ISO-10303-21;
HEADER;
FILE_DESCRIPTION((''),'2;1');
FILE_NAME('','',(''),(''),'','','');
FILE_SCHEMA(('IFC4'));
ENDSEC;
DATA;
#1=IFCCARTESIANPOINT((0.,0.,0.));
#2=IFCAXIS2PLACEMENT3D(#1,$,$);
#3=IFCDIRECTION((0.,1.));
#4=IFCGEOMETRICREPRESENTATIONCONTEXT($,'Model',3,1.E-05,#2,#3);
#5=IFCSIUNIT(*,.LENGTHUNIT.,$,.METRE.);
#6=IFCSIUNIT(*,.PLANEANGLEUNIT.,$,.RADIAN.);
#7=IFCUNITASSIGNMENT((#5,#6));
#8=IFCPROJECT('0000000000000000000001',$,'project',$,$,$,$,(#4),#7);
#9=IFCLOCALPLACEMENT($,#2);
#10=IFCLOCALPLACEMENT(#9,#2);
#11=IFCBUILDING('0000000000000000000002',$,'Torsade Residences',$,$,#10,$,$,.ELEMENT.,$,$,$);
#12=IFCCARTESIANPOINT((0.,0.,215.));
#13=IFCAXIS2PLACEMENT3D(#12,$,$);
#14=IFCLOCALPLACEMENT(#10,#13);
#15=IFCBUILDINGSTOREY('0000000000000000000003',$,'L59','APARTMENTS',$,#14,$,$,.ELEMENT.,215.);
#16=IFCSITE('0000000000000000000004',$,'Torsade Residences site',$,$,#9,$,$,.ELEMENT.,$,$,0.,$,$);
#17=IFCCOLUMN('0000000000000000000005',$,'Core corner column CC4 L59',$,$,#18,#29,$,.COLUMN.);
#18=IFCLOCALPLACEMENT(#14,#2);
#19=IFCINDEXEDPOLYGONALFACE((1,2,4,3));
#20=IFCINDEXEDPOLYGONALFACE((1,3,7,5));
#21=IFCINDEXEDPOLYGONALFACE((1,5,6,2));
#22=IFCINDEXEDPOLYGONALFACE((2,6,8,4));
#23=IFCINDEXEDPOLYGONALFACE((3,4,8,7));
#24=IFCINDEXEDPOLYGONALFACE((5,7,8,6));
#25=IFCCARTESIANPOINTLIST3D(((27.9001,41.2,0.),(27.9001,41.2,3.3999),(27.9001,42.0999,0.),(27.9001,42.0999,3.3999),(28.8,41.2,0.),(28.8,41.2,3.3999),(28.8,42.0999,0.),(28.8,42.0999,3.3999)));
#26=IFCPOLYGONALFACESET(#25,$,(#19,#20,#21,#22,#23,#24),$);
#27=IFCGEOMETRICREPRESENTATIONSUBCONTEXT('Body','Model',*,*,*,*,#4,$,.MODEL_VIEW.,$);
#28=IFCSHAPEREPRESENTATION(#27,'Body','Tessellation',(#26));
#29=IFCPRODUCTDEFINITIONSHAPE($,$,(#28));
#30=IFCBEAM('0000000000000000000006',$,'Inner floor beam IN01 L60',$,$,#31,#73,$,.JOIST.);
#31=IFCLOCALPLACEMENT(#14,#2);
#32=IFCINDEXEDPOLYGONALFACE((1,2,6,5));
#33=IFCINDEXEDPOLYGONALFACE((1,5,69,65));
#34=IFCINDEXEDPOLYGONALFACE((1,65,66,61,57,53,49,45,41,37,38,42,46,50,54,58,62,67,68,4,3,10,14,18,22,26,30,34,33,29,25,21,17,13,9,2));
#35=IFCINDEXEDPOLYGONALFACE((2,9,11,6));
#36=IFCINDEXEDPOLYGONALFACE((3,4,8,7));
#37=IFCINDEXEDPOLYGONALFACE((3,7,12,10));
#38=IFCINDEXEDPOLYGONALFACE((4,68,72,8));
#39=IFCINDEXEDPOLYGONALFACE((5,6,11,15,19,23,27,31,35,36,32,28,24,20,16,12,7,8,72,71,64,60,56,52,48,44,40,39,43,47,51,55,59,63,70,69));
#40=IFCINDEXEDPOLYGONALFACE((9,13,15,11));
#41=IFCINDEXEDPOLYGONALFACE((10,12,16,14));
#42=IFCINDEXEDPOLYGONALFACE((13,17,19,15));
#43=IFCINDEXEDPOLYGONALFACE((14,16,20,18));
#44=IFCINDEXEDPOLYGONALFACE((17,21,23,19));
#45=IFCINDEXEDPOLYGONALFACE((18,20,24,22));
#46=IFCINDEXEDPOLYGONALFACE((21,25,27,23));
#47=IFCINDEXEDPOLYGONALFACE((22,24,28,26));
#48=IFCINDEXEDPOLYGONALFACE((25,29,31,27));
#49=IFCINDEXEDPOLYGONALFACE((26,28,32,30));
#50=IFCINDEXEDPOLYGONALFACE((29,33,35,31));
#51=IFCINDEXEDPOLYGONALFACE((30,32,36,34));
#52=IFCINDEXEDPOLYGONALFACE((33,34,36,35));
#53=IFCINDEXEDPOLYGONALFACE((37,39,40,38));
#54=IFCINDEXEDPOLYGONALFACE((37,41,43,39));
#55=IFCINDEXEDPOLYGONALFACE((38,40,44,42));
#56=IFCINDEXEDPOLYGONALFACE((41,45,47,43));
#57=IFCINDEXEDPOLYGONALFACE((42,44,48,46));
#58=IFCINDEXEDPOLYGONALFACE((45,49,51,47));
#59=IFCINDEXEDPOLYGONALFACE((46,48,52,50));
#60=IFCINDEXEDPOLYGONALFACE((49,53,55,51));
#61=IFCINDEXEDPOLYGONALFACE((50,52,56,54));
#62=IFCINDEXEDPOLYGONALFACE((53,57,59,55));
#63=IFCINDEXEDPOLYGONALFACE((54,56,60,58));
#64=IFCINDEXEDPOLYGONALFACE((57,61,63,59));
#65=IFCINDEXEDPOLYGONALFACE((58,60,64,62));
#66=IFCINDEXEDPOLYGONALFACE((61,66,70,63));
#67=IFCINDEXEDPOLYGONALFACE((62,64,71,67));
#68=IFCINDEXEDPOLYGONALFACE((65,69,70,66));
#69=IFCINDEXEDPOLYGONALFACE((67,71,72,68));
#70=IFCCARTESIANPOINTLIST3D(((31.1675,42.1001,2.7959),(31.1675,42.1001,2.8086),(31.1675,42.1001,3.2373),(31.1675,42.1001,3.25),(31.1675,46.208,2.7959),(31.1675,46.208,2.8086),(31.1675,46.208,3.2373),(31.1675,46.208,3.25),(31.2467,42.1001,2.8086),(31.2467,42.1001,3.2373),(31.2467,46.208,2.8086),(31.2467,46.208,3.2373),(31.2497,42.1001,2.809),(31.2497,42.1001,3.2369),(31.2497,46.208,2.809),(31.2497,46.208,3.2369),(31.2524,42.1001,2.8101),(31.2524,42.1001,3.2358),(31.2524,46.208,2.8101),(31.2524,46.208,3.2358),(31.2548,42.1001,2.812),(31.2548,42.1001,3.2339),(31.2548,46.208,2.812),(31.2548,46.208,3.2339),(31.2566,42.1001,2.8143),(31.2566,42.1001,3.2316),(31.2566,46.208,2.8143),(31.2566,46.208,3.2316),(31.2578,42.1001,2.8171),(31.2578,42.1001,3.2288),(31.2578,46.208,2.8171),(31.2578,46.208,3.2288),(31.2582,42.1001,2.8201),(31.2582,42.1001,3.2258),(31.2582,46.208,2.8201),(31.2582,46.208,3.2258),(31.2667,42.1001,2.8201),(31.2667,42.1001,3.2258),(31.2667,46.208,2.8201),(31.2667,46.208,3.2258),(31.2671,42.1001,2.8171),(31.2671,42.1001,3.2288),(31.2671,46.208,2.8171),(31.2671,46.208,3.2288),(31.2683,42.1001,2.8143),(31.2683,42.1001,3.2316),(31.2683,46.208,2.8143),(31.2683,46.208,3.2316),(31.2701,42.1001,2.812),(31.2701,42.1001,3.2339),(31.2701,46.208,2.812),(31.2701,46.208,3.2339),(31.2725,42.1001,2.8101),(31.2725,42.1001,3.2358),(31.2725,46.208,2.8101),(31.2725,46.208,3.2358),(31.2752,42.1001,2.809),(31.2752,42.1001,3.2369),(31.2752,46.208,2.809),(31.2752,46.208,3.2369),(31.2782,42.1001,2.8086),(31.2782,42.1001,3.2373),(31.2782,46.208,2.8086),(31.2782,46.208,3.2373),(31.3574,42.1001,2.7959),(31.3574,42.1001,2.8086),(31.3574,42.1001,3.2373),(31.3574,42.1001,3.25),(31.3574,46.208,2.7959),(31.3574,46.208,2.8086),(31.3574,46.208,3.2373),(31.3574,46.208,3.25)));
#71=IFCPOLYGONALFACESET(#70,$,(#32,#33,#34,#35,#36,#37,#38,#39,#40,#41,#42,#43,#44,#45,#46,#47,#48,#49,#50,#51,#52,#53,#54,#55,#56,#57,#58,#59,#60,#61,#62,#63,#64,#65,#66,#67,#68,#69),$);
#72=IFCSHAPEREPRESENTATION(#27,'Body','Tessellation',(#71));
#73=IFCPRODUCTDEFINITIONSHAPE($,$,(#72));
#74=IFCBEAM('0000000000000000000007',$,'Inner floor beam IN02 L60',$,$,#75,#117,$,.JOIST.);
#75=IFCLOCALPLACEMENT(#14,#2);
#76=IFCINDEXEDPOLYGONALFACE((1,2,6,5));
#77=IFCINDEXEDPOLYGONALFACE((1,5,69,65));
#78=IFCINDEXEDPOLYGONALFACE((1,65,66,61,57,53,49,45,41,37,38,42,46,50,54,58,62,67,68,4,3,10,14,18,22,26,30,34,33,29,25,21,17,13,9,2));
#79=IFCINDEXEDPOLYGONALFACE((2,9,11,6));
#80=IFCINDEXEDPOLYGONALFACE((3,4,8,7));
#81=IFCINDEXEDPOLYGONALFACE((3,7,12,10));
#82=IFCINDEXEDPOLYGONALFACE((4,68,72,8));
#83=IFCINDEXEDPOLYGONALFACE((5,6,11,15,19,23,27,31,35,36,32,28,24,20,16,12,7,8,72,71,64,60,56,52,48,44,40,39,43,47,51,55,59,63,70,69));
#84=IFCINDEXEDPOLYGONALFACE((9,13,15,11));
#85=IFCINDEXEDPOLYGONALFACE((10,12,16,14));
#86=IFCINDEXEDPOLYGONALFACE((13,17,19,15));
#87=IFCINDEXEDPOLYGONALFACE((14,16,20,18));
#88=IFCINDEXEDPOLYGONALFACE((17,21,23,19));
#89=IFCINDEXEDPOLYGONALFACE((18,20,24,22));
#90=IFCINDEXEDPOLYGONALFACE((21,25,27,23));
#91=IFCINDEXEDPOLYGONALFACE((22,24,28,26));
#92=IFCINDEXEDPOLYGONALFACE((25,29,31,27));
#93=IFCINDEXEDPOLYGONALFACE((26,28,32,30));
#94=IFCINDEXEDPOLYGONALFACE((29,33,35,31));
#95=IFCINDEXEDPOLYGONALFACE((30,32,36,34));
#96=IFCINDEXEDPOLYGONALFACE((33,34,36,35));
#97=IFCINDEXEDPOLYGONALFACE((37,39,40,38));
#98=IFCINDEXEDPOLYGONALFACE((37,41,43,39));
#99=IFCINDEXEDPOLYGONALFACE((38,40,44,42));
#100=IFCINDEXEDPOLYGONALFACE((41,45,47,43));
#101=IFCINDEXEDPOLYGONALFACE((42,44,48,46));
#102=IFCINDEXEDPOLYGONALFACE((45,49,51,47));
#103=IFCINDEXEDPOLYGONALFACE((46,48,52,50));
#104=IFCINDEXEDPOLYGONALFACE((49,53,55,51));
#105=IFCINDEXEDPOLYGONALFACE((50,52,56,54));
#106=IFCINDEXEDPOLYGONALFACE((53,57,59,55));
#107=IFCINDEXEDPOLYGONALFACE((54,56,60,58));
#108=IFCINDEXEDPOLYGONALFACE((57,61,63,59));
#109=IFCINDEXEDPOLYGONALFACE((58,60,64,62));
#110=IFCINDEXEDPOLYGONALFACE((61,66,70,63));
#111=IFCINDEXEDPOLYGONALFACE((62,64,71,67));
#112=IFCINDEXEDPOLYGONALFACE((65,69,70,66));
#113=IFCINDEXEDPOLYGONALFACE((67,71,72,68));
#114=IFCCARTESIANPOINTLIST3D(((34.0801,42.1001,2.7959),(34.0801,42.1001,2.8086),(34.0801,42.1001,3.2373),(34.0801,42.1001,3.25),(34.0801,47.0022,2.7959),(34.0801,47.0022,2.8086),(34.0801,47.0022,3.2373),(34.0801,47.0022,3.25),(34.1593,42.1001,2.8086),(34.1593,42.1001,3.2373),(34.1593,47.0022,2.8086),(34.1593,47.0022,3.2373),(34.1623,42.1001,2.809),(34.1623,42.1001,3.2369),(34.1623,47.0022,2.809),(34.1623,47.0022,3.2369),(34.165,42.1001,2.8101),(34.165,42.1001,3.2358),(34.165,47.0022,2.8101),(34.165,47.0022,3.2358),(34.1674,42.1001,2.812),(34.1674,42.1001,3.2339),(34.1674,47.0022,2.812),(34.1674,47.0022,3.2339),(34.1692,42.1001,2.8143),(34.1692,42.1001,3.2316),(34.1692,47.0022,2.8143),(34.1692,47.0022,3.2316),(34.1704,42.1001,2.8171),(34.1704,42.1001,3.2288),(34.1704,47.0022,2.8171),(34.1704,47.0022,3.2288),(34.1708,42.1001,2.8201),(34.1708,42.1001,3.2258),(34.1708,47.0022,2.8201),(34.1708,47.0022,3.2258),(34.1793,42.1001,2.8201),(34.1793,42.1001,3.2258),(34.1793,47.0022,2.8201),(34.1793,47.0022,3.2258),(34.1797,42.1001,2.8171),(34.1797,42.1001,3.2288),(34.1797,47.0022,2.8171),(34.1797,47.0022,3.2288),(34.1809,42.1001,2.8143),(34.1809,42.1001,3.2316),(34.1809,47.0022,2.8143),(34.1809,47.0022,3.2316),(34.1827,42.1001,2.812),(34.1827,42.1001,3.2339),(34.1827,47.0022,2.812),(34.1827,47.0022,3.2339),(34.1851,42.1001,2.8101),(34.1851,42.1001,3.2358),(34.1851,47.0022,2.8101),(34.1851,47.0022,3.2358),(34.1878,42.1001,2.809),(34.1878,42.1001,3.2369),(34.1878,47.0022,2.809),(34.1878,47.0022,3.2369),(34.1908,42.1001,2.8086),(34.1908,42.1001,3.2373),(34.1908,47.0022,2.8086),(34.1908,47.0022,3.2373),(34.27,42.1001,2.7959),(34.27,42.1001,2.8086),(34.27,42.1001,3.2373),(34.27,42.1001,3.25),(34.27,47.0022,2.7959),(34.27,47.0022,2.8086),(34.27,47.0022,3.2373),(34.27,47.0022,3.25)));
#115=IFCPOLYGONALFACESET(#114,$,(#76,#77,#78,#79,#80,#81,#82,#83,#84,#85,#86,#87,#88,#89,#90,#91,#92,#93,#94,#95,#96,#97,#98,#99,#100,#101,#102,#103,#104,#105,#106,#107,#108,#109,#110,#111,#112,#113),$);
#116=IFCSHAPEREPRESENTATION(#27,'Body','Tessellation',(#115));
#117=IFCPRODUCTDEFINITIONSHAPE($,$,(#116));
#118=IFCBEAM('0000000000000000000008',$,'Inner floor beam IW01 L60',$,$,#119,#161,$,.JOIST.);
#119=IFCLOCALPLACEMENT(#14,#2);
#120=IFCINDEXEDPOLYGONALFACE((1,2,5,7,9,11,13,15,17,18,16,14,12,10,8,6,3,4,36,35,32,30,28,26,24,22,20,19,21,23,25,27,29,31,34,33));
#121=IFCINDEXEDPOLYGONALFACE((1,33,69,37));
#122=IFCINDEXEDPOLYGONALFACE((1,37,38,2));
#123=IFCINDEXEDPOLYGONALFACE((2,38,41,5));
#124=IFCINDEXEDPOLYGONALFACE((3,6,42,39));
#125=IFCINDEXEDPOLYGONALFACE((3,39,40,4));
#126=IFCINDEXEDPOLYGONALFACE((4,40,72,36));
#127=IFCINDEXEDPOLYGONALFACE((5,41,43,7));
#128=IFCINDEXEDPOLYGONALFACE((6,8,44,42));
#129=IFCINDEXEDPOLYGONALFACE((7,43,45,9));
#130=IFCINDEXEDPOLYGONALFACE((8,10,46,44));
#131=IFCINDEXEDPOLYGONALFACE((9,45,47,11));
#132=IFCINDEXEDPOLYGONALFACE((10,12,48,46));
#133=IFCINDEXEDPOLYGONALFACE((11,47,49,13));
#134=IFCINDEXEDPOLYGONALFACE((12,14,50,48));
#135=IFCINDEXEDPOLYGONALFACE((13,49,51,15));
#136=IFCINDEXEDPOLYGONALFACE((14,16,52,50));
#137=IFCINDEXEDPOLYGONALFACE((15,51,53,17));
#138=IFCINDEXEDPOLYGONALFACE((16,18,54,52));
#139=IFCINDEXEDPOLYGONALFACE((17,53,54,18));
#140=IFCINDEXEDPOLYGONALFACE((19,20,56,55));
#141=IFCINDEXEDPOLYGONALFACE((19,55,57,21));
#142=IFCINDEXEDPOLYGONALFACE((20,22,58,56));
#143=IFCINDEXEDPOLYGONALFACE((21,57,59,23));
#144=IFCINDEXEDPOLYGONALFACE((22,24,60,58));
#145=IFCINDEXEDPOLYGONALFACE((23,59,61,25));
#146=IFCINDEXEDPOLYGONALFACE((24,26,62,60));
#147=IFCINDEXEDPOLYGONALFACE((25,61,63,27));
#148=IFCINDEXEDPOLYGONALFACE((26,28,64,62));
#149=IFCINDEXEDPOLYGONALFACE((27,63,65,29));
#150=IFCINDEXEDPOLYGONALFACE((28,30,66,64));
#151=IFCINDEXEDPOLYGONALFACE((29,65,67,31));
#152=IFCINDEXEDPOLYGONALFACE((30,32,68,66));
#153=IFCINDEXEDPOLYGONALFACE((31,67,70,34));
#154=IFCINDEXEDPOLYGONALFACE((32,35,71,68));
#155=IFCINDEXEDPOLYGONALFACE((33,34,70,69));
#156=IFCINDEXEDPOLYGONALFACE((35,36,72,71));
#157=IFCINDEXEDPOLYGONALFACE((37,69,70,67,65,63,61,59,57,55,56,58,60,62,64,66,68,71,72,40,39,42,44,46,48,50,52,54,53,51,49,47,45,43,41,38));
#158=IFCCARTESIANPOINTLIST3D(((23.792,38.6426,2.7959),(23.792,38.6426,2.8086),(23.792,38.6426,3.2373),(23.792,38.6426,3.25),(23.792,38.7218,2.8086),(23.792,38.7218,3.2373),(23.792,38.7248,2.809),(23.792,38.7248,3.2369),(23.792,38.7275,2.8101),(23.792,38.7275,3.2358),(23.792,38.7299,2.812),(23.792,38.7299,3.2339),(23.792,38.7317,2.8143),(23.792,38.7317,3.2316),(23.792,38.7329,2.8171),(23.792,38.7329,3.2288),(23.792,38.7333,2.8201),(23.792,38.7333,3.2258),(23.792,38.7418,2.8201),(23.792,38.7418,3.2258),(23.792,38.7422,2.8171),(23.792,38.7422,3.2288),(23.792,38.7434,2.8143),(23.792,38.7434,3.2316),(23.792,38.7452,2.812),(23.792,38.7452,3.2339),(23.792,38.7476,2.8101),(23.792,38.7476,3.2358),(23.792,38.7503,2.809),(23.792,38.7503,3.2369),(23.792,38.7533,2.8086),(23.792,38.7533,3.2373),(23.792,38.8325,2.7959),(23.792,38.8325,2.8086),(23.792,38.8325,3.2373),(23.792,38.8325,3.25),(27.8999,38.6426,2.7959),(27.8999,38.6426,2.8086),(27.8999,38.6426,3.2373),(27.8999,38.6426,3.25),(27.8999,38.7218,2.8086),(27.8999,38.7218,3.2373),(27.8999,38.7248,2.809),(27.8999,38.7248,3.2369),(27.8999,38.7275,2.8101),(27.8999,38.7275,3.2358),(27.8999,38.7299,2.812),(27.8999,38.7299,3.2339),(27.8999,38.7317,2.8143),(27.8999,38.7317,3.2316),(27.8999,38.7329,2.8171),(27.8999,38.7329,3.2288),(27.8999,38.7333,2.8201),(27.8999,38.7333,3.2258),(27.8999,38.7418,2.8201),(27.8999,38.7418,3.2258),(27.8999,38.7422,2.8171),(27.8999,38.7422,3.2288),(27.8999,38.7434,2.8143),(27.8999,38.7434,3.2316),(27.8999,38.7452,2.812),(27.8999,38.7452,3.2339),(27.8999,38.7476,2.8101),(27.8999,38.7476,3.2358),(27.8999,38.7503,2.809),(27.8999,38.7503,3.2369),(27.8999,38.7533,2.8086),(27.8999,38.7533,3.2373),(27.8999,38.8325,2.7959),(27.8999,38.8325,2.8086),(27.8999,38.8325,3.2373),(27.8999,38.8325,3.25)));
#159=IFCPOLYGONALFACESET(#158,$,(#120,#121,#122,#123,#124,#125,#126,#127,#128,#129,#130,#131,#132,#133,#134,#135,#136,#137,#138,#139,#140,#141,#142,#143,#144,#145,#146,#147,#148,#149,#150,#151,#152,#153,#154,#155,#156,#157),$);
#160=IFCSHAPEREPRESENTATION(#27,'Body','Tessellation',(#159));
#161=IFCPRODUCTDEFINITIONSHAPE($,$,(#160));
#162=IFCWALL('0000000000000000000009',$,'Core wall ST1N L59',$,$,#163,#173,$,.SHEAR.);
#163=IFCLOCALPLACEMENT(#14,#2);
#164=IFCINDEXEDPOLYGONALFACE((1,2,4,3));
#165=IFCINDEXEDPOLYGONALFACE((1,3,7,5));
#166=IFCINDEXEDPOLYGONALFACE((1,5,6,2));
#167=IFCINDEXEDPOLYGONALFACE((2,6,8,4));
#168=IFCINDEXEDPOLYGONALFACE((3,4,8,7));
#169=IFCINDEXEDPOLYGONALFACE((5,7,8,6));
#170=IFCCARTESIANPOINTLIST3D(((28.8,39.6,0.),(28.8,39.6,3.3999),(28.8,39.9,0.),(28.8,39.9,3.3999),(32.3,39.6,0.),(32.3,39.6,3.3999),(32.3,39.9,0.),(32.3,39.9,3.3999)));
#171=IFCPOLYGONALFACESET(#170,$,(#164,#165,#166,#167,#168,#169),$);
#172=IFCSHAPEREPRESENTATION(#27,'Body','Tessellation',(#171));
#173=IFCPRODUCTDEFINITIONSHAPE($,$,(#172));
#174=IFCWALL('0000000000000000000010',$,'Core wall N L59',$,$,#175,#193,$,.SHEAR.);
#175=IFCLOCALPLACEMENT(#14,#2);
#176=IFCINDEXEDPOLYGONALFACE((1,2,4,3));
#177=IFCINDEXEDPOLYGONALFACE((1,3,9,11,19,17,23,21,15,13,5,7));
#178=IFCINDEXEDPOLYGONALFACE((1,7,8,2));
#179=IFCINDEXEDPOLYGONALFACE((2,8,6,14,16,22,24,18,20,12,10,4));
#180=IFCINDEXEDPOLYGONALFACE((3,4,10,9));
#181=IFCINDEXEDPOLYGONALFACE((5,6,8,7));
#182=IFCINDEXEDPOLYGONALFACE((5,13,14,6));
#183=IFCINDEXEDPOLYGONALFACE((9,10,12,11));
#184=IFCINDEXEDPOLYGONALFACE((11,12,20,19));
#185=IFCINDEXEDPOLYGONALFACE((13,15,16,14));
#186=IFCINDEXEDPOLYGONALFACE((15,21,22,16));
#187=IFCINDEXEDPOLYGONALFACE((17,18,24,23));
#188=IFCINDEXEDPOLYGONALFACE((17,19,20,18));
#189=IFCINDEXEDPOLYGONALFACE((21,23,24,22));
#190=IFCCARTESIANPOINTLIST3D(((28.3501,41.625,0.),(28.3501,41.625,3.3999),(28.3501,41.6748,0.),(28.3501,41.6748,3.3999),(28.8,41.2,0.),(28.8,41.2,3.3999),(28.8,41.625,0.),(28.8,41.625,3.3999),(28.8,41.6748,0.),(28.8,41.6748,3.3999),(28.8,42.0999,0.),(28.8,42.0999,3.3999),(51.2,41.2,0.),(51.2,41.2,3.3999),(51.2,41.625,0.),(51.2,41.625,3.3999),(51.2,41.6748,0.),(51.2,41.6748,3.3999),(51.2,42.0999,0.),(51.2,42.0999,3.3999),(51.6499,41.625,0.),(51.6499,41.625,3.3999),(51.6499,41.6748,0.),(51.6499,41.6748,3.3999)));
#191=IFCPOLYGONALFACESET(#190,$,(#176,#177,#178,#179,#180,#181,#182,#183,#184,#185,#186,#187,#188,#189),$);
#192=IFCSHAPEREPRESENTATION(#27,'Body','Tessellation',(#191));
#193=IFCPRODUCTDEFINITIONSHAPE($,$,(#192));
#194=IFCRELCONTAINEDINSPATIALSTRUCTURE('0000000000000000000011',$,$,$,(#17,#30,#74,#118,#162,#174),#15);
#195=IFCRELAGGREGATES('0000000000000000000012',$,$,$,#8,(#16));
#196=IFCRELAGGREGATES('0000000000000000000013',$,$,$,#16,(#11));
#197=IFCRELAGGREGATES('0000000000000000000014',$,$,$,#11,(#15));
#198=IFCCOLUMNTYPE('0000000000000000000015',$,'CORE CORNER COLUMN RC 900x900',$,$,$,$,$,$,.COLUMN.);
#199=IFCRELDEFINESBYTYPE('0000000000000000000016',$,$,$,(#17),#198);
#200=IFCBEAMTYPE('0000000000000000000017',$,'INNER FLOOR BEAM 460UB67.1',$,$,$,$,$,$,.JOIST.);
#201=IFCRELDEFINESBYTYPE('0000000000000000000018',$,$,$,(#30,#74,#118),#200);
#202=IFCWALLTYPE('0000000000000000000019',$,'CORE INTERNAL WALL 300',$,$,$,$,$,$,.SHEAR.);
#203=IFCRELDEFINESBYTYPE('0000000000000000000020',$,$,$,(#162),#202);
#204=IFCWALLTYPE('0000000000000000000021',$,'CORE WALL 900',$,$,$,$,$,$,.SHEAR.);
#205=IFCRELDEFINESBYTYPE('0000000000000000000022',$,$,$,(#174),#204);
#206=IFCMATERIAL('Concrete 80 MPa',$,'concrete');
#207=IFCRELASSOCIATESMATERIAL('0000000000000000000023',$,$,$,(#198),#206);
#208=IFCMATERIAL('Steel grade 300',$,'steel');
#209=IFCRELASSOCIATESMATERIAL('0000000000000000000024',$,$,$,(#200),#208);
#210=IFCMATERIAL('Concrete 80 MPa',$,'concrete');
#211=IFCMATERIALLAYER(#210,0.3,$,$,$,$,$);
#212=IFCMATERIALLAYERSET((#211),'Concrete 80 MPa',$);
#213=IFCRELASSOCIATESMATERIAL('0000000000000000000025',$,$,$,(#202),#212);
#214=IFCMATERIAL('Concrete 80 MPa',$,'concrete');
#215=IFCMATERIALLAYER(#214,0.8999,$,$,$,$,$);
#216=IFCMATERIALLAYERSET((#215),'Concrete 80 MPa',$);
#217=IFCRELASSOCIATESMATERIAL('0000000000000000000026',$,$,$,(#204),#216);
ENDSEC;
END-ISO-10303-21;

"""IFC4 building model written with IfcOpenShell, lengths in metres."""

from ifc_helpers import new_model, si_unit, direction, frame, frame_2d, origin, origin_2d, place, context, subcontext, project, spatial, polyline, rectangle, i_section, outline, extrude, material, layer, layer_set, material_profile, profile_set, type_object, element, save


model = new_model("IFC4")

# Units and contexts
model_context = context("Model", 3, precision=1e-05, world=origin(), true_north=direction((0.0, 1.0)))
body_context = subcontext(model_context, "Body", "Model", "MODEL_VIEW")
ifc_project = project(units=[si_unit("LENGTHUNIT", "METRE"), si_unit("PLANEANGLEUNIT", "RADIAN")], contexts=[model_context])

# Site, building, storey
site_placement = place(None, origin())
site = spatial("IfcSite", under=ifc_project, at=site_placement, Name="Torsade Residences site", CompositionType="ELEMENT", RefElevation=0.0)
building_placement = place(site_placement, origin())
building = spatial("IfcBuilding", under=site, at=building_placement, Name="Torsade Residences", CompositionType="ELEMENT")
storey_placement = place(building_placement, frame((0.0, 0.0, 215.0)))
storey = spatial("IfcBuildingStorey", under=building, at=storey_placement, Name="L59", Description="APARTMENTS", CompositionType="ELEMENT", Elevation=215.0)

# Column
ifc_material_1 = material(Name="Concrete 80 MPa", Category="concrete")
ifc_material_profile_1 = material_profile(ifc_material_1, rectangle(XDim=0.8999, YDim=0.8999, at=origin_2d()), Name="RC 900x900")
ifc_profile_set_1 = profile_set([ifc_material_profile_1], Name="Concrete 80 MPa")
column_type = type_object("IfcColumnType", Name="CORE CORNER COLUMN RC 900x900", PredefinedType="COLUMN", material=ifc_profile_set_1)
column_placement = place(storey_placement, frame((28.3501, 41.6499, 0.0), z_axis=(0.0, 0.0, 1.0), x_axis=(1.0, 0.0, 0.0)))
element("IfcColumn", 1, at=column_placement, inside=storey, type_object=column_type, Name="Core corner column CC4 L59", PredefinedType="COLUMN", context=body_context, shape_type="SweptSolid", body=[
    extrude(rectangle(XDim=0.8999, YDim=0.8999, at=origin_2d()), origin(), (0.0, 0.0, 1.0), 3.3999),
])

# Beams
ifc_material_2 = material(Name="Steel grade 300", Category="steel")
ifc_material_profile_2 = material_profile(ifc_material_2, i_section(OverallWidth=0.1899, OverallDepth=0.4541, WebThickness=0.0085, FlangeThickness=0.0127, FilletRadius=0.0115, at=origin_2d()), Name="460UB67.1")
ifc_profile_set_2 = profile_set([ifc_material_profile_2], Name="Steel grade 300")
beam_type = type_object("IfcBeamType", Name="INNER FLOOR BEAM 460UB67.1", PredefinedType="JOIST", material=ifc_profile_set_2)
beam_1_placement = place(storey_placement, frame((31.2625, 42.1001, 3.0229), z_axis=(0.0, 1.0, 0.0), x_axis=(-1.0, 0.0, 0.0)))
element("IfcBeam", 2, at=beam_1_placement, inside=storey, type_object=beam_type, Name="Inner floor beam IN01 L60", PredefinedType="JOIST", context=body_context, shape_type="SweptSolid", body=[
    extrude(i_section(OverallWidth=0.1899, OverallDepth=0.4541, WebThickness=0.0085, FlangeThickness=0.0127, FilletRadius=0.0115, at=origin_2d()), origin(), (0.0, 0.0, 1.0), 4.1079),
])
beam_2_placement = place(storey_placement, frame((34.175, 42.1001, 3.0229), z_axis=(0.0, 1.0, 0.0), x_axis=(-1.0, 0.0, 0.0)))
element("IfcBeam", 3, at=beam_2_placement, inside=storey, type_object=beam_type, Name="Inner floor beam IN02 L60", PredefinedType="JOIST", context=body_context, shape_type="SweptSolid", body=[
    extrude(i_section(OverallWidth=0.1899, OverallDepth=0.4541, WebThickness=0.0085, FlangeThickness=0.0127, FilletRadius=0.0115, at=origin_2d()), origin(), (0.0, 0.0, 1.0), 4.9021),
])
beam_3_placement = place(storey_placement, frame((27.8999, 38.7375, 3.0229), z_axis=(-1.0, 0.0, 0.0), x_axis=(0.0, -1.0, 0.0)))
element("IfcBeam", 4, at=beam_3_placement, inside=storey, type_object=beam_type, Name="Inner floor beam IW01 L60", PredefinedType="JOIST", context=body_context, shape_type="SweptSolid", body=[
    extrude(i_section(OverallWidth=0.1899, OverallDepth=0.4541, WebThickness=0.0085, FlangeThickness=0.0127, FilletRadius=0.0115, at=origin_2d()), origin(), (0.0, 0.0, 1.0), 4.1079),
])

# Walls
ifc_material_3 = material(Name="Concrete 80 MPa", Category="concrete")
ifc_layer_1 = layer(ifc_material_3, 0.3)
ifc_layer_set_1 = layer_set([ifc_layer_1], Name="Concrete 80 MPa")
wall_type_1 = type_object("IfcWallType", Name="CORE INTERNAL WALL 300", PredefinedType="SHEAR", material=ifc_layer_set_1)
wall_1_placement = place(storey_placement, frame((28.8, 39.75, 0.0), z_axis=(0.0, 0.0, 1.0), x_axis=(1.0, 0.0, 0.0)))
element("IfcWall", 5, at=wall_1_placement, inside=storey, type_object=wall_type_1, Name="Core wall ST1N L59", PredefinedType="SHEAR", context=body_context, shape_type="SweptSolid", body=[
    extrude(rectangle(XDim=3.5, YDim=0.3, at=frame_2d((1.75, 0.0))), origin(), (0.0, 0.0, 1.0), 3.3999),
])
ifc_material_4 = material(Name="Concrete 80 MPa", Category="concrete")
ifc_layer_2 = layer(ifc_material_4, 0.8999)
ifc_layer_set_2 = layer_set([ifc_layer_2], Name="Concrete 80 MPa")
wall_type_2 = type_object("IfcWallType", Name="CORE WALL 900", PredefinedType="SHEAR", material=ifc_layer_set_2)
wall_2_placement = place(storey_placement, frame((28.8, 41.6499, 0.0), z_axis=(0.0, 0.0, 1.0), x_axis=(1.0, 0.0, 0.0)))
element("IfcWall", 6, at=wall_2_placement, inside=storey, type_object=wall_type_2, Name="Core wall N L59", PredefinedType="SHEAR", context=body_context, shape_type="SweptSolid", body=[
    extrude(outline(polyline([(0.0, -0.45), (22.3999, -0.45), (22.3999, -0.0249), (22.8499, -0.0249), (22.8499, 0.0249), (22.3999, 0.0249), (22.3999, 0.45), (0.0, 0.45), (0.0, 0.0249), (-0.45, 0.0249), (-0.45, -0.0249), (0.0, -0.0249), (0.0, -0.45)])), origin(), (0.0, 0.0, 1.0), 3.3999),
])

save(model, "model.ifc")
